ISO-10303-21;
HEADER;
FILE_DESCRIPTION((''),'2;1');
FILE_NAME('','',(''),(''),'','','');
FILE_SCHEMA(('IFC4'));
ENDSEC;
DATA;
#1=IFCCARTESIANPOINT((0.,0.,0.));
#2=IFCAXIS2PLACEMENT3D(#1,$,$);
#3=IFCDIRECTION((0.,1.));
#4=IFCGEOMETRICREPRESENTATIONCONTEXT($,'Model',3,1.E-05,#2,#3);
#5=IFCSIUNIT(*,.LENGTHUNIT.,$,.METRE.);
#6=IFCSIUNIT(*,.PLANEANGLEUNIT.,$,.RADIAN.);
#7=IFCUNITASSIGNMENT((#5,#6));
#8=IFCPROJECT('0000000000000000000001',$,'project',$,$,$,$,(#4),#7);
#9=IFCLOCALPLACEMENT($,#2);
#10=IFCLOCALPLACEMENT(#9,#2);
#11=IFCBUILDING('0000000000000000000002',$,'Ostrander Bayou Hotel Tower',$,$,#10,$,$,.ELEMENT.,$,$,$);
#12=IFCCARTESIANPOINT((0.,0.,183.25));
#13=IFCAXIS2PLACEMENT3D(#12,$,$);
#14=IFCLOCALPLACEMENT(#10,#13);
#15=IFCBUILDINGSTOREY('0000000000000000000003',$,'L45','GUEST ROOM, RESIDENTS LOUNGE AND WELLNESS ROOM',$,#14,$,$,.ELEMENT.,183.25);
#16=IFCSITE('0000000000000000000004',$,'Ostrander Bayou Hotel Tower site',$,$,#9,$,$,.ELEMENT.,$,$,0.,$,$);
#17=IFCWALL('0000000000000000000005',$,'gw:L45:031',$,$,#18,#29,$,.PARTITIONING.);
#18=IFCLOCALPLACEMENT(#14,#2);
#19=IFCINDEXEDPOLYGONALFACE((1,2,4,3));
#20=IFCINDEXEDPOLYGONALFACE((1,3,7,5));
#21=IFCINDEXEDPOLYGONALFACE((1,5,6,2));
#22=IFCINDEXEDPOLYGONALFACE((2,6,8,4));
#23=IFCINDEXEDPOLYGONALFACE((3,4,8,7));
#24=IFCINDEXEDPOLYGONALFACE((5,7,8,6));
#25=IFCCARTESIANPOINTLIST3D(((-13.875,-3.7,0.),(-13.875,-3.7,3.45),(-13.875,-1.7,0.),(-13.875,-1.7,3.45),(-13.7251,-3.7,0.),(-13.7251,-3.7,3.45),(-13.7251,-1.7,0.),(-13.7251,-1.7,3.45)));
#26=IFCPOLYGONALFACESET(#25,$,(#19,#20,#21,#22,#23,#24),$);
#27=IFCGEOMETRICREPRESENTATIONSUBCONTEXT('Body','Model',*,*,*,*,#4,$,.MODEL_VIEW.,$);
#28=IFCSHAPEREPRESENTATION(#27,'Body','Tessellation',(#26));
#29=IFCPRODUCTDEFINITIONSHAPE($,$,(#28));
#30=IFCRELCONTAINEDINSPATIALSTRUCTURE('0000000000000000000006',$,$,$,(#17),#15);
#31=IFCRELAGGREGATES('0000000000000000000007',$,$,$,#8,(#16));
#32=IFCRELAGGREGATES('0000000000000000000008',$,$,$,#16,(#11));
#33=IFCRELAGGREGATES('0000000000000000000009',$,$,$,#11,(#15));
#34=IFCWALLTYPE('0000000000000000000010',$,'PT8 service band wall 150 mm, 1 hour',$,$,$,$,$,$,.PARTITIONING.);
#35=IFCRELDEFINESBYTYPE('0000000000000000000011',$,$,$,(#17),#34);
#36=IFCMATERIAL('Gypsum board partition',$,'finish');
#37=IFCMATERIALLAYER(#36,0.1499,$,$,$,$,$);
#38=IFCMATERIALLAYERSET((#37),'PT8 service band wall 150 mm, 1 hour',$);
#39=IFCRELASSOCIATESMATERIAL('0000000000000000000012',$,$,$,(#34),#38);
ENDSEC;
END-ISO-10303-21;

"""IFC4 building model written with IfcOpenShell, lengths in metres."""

from ifc_helpers import new_model, si_unit, direction, frame, frame_2d, origin, place, context, subcontext, project, spatial, rectangle, extrude, material, layer, layer_set, type_object, element, save


model = new_model("IFC4")

# Units and contexts
model_context = context("Model", 3, precision=1e-05, world=origin(), true_north=direction((0.0, 1.0)))
body_context = subcontext(model_context, "Body", "Model", "MODEL_VIEW")
ifc_project = project(units=[si_unit("LENGTHUNIT", "METRE"), si_unit("PLANEANGLEUNIT", "RADIAN")], contexts=[model_context])

# Site, building, storey
site_placement = place(None, origin())
site = spatial("IfcSite", under=ifc_project, at=site_placement, Name="Ostrander Bayou Hotel Tower site", CompositionType="ELEMENT", RefElevation=0.0)
building_placement = place(site_placement, origin())
building = spatial("IfcBuilding", under=site, at=building_placement, Name="Ostrander Bayou Hotel Tower", CompositionType="ELEMENT")
storey_placement = place(building_placement, frame((0.0, 0.0, 183.25)))
storey = spatial("IfcBuildingStorey", under=building, at=storey_placement, Name="L45", Description="GUEST ROOM, RESIDENTS LOUNGE AND WELLNESS ROOM", CompositionType="ELEMENT", Elevation=183.25)

# Shared definitions
ifc_material_1 = material(Name="Gypsum board partition", Category="finish")
ifc_layer_1 = layer(ifc_material_1, 0.1499)
ifc_layer_set_1 = layer_set([ifc_layer_1], Name="PT8 service band wall 150 mm, 1 hour")
wall_type_1 = type_object("IfcWallType", Name="PT8 service band wall 150 mm, 1 hour", PredefinedType="PARTITIONING", material=ifc_layer_set_1)

# Wall
wall_1_placement = place(storey_placement, frame((-13.8, -3.7, 0.0), z_axis=(0.0, 0.0, 1.0), x_axis=(0.0, 1.0, 0.0)))
element("IfcWall", 1, at=wall_1_placement, inside=storey, type_object=wall_type_1, Name="gw:L45:031", PredefinedType="PARTITIONING", context=body_context, shape_type="SweptSolid", body=[
    extrude(rectangle(XDim=2.0, YDim=0.1499, at=frame_2d((1.0, 0.0))), origin(), (0.0, 0.0, 1.0), 3.45),
])

save(model, "model.ifc")
